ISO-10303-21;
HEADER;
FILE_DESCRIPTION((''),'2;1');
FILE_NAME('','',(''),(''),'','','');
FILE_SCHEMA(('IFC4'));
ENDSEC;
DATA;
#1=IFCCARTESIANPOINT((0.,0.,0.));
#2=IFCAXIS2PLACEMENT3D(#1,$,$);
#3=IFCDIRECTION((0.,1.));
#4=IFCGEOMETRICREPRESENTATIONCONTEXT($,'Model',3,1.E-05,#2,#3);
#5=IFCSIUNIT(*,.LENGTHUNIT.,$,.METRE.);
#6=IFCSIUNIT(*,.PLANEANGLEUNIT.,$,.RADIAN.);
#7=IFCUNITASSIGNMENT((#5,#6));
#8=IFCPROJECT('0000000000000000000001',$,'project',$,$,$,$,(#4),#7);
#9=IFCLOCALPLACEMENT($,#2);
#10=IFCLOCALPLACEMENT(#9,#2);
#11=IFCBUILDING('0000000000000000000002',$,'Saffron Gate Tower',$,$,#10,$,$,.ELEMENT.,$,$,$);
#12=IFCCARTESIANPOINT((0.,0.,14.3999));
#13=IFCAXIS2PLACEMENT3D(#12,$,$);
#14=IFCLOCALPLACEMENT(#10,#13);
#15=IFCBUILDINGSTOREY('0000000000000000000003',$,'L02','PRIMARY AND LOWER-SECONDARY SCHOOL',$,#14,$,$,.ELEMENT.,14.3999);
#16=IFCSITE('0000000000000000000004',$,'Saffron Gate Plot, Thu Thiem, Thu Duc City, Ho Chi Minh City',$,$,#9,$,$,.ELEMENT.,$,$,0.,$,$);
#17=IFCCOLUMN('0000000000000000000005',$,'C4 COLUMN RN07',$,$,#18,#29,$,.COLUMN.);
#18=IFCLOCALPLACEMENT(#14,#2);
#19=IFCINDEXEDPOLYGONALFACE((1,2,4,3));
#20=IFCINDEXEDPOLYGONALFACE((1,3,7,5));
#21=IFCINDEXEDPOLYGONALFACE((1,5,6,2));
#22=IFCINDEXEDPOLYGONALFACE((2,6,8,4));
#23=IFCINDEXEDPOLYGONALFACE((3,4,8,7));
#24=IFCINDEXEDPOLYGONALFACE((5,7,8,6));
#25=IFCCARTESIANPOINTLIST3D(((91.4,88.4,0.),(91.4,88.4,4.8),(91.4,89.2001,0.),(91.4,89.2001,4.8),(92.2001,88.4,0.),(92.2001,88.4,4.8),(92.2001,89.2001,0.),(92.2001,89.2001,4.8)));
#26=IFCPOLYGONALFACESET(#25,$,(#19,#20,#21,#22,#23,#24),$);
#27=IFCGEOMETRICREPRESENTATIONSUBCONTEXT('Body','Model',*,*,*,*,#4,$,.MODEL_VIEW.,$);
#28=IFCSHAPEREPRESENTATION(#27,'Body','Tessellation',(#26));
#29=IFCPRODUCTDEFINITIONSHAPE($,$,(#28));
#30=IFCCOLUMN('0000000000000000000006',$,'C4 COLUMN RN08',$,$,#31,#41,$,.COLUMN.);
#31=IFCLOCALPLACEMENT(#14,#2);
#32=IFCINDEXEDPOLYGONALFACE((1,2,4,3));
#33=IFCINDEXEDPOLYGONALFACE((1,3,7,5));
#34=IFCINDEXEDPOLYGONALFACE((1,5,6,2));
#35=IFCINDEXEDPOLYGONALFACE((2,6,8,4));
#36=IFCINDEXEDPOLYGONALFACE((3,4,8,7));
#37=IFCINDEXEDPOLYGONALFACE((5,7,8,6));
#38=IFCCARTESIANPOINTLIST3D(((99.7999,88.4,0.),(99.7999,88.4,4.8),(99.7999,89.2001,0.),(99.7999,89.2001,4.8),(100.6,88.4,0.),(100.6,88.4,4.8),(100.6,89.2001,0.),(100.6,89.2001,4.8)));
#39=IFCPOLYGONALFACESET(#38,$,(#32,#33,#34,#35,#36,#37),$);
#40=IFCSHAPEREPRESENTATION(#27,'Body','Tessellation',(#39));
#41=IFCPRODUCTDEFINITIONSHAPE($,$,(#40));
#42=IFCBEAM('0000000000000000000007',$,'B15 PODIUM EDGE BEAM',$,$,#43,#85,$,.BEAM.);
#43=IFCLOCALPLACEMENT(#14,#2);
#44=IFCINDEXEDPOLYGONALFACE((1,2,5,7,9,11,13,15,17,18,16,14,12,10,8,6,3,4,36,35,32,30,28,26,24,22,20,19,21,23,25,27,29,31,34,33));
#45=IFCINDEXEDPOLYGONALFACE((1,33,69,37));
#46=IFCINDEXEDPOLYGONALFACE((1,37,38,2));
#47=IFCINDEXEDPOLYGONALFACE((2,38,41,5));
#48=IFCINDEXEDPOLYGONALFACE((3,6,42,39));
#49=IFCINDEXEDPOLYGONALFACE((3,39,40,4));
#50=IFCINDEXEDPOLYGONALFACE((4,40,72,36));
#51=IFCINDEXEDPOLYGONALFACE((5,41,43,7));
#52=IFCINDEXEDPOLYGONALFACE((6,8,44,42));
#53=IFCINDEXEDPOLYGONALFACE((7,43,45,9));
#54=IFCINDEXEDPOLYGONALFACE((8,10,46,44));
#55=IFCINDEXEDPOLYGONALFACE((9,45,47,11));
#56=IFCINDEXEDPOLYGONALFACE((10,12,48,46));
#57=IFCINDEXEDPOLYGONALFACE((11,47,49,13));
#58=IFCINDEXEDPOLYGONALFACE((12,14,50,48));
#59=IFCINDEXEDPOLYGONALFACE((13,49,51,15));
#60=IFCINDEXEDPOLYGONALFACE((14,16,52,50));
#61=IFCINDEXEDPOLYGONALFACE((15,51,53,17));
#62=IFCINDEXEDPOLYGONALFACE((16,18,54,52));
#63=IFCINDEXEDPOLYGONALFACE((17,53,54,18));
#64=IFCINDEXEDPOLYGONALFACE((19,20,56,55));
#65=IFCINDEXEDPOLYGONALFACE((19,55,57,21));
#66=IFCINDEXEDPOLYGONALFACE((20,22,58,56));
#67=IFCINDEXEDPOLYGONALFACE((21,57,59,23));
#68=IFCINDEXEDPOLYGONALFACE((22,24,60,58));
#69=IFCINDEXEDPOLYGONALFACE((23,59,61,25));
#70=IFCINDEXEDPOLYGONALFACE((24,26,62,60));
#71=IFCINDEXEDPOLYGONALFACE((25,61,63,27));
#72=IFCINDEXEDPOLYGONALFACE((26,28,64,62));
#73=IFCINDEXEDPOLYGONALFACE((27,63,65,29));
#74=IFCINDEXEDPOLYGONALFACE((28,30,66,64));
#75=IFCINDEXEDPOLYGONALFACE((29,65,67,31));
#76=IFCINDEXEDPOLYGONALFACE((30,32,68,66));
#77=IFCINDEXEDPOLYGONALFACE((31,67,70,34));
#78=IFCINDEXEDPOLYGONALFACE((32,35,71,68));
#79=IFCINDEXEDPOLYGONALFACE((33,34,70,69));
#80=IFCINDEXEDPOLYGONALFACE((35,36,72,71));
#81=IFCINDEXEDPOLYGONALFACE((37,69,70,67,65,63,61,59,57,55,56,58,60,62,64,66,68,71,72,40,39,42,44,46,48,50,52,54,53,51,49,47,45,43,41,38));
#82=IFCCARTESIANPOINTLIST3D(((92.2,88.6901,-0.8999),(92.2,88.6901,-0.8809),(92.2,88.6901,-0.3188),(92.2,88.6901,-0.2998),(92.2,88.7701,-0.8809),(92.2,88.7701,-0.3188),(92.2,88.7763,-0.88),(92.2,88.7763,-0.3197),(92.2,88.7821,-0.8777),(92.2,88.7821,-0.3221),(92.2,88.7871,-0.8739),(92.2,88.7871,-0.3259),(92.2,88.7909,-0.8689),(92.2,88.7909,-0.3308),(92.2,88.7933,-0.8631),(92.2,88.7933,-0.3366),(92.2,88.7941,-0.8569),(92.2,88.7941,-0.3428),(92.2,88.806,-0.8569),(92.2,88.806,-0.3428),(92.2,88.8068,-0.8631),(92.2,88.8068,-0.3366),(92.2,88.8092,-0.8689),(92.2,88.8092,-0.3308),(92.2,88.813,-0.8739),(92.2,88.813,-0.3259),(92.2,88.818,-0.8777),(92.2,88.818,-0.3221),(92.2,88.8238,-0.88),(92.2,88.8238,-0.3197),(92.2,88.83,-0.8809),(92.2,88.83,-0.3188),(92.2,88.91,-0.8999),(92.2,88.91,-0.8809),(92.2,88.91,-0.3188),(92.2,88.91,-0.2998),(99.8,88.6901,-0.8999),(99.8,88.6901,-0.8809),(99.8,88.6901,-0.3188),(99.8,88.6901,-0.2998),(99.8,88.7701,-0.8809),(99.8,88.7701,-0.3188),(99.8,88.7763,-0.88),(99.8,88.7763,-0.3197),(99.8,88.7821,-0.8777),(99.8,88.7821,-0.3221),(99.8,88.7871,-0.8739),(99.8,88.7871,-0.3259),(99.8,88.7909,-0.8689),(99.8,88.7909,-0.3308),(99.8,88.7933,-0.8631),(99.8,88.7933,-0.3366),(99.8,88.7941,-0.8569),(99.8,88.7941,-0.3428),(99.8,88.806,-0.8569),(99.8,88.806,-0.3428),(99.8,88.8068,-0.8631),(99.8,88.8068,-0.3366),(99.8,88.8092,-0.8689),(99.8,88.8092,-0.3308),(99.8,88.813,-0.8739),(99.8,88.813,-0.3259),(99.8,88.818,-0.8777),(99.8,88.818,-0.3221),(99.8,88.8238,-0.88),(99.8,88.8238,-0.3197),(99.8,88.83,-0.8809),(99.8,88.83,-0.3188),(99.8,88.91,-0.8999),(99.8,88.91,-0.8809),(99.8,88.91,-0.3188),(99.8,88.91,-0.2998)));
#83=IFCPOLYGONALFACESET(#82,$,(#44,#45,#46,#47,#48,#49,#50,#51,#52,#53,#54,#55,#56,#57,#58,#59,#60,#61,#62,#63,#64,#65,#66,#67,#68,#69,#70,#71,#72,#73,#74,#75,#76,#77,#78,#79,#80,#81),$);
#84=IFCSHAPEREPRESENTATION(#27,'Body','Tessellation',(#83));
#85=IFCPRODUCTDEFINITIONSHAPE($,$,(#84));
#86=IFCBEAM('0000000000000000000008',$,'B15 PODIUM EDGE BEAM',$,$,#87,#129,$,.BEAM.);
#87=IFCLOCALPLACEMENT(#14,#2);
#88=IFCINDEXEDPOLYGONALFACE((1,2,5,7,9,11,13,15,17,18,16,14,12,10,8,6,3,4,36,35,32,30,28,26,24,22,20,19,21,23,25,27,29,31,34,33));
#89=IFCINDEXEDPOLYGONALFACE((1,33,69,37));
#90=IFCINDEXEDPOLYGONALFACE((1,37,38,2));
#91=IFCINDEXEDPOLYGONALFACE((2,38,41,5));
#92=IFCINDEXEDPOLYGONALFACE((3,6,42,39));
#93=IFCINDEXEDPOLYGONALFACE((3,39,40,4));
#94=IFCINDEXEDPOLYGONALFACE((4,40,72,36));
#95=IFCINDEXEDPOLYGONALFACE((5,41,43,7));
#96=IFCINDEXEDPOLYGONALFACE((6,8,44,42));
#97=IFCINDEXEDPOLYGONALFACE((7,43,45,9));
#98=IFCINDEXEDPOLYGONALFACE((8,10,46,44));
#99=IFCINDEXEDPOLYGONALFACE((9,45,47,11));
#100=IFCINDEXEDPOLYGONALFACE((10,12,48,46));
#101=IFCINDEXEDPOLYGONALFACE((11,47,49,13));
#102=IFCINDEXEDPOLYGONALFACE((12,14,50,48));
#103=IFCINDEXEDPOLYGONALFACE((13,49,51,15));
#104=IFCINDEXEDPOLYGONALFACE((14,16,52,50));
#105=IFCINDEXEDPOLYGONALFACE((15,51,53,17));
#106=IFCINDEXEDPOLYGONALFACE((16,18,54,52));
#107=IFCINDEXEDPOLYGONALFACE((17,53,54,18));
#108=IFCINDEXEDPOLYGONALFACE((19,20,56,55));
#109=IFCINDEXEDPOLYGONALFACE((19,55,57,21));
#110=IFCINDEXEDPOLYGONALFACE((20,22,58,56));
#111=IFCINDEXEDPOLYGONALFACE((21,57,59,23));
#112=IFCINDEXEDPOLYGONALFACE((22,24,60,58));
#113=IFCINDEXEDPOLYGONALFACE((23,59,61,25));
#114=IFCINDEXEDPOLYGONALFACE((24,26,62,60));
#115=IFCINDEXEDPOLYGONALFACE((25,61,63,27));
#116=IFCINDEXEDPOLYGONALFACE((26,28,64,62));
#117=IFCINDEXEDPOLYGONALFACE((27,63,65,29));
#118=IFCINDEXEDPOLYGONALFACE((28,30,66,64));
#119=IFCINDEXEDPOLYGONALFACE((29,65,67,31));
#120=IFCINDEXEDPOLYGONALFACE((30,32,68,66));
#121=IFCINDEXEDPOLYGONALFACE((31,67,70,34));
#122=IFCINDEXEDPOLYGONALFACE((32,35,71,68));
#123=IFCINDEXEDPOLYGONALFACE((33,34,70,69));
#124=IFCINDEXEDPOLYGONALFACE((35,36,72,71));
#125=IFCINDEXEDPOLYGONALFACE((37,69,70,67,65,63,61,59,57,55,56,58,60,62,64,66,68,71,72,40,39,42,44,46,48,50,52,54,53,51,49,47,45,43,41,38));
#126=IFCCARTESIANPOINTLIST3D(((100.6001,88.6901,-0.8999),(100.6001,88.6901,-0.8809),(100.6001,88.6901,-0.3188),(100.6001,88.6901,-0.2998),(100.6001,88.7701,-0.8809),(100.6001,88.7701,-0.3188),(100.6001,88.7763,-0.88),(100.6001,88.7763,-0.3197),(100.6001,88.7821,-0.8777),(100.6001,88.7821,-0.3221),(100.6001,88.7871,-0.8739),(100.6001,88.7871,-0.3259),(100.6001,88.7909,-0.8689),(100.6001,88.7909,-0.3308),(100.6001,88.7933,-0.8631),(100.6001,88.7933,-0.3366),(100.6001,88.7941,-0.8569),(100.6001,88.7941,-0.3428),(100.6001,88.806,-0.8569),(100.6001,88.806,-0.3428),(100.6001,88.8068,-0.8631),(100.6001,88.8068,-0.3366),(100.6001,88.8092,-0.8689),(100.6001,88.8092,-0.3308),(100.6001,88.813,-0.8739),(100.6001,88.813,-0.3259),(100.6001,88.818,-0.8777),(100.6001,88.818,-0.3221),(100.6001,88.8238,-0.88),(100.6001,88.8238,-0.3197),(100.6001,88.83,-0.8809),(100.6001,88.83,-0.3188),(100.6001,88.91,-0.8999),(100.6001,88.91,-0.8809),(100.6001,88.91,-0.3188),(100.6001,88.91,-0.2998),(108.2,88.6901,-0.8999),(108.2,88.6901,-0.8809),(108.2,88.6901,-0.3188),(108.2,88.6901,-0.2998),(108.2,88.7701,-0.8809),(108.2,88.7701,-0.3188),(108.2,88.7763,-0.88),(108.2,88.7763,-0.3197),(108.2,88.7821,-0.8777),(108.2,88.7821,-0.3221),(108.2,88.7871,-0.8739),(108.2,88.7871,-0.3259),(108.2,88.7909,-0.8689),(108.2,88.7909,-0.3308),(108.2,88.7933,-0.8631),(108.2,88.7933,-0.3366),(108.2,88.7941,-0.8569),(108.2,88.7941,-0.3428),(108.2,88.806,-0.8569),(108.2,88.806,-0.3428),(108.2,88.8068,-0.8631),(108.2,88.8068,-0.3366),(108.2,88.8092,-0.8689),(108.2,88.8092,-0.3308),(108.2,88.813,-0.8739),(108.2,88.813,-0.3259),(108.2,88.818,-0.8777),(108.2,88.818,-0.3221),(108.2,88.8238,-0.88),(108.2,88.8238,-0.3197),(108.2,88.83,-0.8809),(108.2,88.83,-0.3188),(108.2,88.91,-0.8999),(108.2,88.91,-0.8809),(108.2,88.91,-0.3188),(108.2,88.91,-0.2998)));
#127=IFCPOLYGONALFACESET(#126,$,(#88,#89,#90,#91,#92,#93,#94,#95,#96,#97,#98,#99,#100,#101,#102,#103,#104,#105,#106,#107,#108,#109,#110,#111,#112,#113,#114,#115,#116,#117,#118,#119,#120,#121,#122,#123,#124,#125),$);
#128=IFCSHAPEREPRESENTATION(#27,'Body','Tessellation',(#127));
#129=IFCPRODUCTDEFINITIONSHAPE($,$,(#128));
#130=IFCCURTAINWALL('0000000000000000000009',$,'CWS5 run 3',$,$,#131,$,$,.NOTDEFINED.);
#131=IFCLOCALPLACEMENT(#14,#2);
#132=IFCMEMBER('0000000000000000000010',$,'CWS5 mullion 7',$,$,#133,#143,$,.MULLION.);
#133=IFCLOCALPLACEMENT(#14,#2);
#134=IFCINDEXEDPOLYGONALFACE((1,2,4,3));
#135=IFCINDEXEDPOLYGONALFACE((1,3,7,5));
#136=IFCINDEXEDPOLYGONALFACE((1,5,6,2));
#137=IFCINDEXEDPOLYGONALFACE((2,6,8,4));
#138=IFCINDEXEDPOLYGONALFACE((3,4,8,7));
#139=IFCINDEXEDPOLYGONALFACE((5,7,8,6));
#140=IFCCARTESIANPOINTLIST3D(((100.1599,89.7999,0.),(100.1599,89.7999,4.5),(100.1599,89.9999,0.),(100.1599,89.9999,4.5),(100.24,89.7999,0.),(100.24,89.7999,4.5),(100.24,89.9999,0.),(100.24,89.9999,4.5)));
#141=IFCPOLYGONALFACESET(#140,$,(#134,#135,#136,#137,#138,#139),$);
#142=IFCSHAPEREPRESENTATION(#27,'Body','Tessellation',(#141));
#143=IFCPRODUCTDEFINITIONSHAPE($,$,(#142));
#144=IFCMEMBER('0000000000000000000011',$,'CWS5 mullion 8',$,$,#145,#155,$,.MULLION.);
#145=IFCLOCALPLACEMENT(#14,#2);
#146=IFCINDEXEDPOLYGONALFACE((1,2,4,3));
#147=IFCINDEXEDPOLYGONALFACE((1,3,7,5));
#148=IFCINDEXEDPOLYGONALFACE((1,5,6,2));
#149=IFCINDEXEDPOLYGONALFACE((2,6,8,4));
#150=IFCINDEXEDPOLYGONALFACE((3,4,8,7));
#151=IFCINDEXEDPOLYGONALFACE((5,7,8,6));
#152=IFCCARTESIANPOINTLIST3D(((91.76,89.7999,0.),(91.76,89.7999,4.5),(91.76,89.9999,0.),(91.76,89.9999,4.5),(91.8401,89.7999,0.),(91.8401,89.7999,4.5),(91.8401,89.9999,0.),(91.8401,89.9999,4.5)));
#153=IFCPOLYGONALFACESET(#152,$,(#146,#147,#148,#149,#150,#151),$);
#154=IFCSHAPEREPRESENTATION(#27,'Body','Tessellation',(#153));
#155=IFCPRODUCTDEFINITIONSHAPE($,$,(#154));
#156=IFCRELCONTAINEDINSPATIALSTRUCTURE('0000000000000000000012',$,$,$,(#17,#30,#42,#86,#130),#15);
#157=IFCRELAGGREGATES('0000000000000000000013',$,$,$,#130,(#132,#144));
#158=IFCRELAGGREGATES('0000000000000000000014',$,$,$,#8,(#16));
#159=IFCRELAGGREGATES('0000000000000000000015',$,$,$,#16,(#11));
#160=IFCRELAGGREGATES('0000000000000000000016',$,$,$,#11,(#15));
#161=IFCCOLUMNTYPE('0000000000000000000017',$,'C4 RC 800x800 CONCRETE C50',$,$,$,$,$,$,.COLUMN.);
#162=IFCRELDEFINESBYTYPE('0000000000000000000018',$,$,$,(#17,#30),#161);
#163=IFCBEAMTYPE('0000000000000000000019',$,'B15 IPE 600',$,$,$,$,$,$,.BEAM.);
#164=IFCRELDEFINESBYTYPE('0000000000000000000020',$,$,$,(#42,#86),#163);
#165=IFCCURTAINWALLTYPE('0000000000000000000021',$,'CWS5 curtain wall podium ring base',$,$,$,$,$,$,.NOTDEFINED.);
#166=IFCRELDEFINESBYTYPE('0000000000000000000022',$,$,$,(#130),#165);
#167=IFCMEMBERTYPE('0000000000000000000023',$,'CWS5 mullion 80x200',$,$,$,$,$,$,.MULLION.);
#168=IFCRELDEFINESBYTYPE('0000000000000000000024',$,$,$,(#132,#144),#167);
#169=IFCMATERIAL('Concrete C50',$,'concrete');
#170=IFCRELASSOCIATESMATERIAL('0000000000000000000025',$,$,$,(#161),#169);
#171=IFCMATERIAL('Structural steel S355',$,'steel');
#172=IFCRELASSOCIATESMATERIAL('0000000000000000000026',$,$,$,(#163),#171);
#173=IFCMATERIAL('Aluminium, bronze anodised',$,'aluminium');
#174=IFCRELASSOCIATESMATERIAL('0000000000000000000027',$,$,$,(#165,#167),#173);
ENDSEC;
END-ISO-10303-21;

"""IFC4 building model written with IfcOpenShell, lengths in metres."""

from ifc_helpers import new_model, si_unit, direction, frame, origin, origin_2d, place, context, subcontext, project, spatial, rectangle, i_section, extrude, material, material_profile, profile_set, type_object, element, aggregate, save


model = new_model("IFC4")

# Units and contexts
model_context = context("Model", 3, precision=1e-05, world=origin(), true_north=direction((0.0, 1.0)))
body_context = subcontext(model_context, "Body", "Model", "MODEL_VIEW")
ifc_project = project(units=[si_unit("LENGTHUNIT", "METRE"), si_unit("PLANEANGLEUNIT", "RADIAN")], contexts=[model_context])

# Site, building, storey
site_placement = place(None, origin())
site = spatial("IfcSite", under=ifc_project, at=site_placement, Name="Saffron Gate Plot, Thu Thiem, Thu Duc City, Ho Chi Minh City", CompositionType="ELEMENT", RefElevation=0.0)
building_placement = place(site_placement, origin())
building = spatial("IfcBuilding", under=site, at=building_placement, Name="Saffron Gate Tower", CompositionType="ELEMENT")
storey_placement = place(building_placement, frame((0.0, 0.0, 14.3999)))
storey = spatial("IfcBuildingStorey", under=building, at=storey_placement, Name="L02", Description="PRIMARY AND LOWER-SECONDARY SCHOOL", CompositionType="ELEMENT", Elevation=14.3999)

# Columns
ifc_material_1 = material(Name="Concrete C50", Category="concrete")
ifc_material_profile_1 = material_profile(ifc_material_1, rectangle(XDim=0.8, YDim=0.8, at=origin_2d()))
ifc_profile_set_1 = profile_set([ifc_material_profile_1], Name="Concrete C50")
column_type = type_object("IfcColumnType", Name="C4 RC 800x800 CONCRETE C50", PredefinedType="COLUMN", material=ifc_profile_set_1)
for number, where, z_axis, x_axis, name in (
    (1, (91.8, 88.8, 0.0), (0.0, 0.0, 1.0), (1.0, 0.0, 0.0), "C4 COLUMN RN07"),
    (2, (100.2, 88.8, 0.0), (0.0, 0.0, 1.0), (1.0, 0.0, 0.0), "C4 COLUMN RN08"),
):
    element("IfcColumn", number, at=place(storey_placement, frame(where, z_axis=z_axis, x_axis=x_axis)), inside=storey, type_object=column_type, Name=name, PredefinedType="COLUMN", context=body_context, shape_type="SweptSolid", body=[
        extrude(rectangle(XDim=0.8, YDim=0.8, at=origin_2d()), origin(), (0.0, 0.0, 1.0), 4.8),
    ])

# Beams
ifc_material_2 = material(Name="Structural steel S355", Category="steel")
ifc_material_profile_2 = material_profile(ifc_material_2, i_section(OverallWidth=0.22, OverallDepth=0.6001, WebThickness=0.012, FlangeThickness=0.019, FilletRadius=0.0239, at=origin_2d()))
ifc_profile_set_2 = profile_set([ifc_material_profile_2], Name="Structural steel S355")
beam_type = type_object("IfcBeamType", Name="B15 IPE 600", PredefinedType="BEAM", material=ifc_profile_set_2)
beam_1_placement = place(storey_placement, frame((92.2, 88.8, -0.5999), z_axis=(1.0, 0.0, 0.0), x_axis=(0.0, 1.0, 0.0)))
element("IfcBeam", 3, at=beam_1_placement, inside=storey, type_object=beam_type, Name="B15 PODIUM EDGE BEAM", PredefinedType="BEAM", context=body_context, shape_type="SweptSolid", body=[
    extrude(i_section(OverallWidth=0.22, OverallDepth=0.6001, WebThickness=0.012, FlangeThickness=0.019, FilletRadius=0.0239, at=origin_2d()), origin(), (0.0, 0.0, 1.0), 7.6001),
])
beam_2_placement = place(storey_placement, frame((100.6001, 88.8, -0.5999), z_axis=(1.0, 0.0, 0.0), x_axis=(0.0, 1.0, 0.0)))
element("IfcBeam", 4, at=beam_2_placement, inside=storey, type_object=beam_type, Name="B15 PODIUM EDGE BEAM", PredefinedType="BEAM", context=body_context, shape_type="SweptSolid", body=[
    extrude(i_section(OverallWidth=0.22, OverallDepth=0.6001, WebThickness=0.012, FlangeThickness=0.019, FilletRadius=0.0239, at=origin_2d()), origin(), (0.0, 0.0, 1.0), 7.5999),
])

# Curtain wall, members
ifc_material_3 = material(Name="Aluminium, bronze anodised", Category="aluminium")
curtain_wall_type = type_object("IfcCurtainWallType", Name="CWS5 curtain wall podium ring base", PredefinedType="NOTDEFINED", material=ifc_material_3)
curtain_wall_placement = place(storey_placement, origin())
curtain_wall = element("IfcCurtainWall", 5, at=curtain_wall_placement, inside=storey, type_object=curtain_wall_type, Name="CWS5 run 3", PredefinedType="NOTDEFINED")
ifc_material_profile_3 = material_profile(ifc_material_3, rectangle(XDim=0.2, YDim=0.0801, at=origin_2d()))
ifc_profile_set_3 = profile_set([ifc_material_profile_3], Name="Aluminium, bronze anodised")
member_type = type_object("IfcMemberType", Name="CWS5 mullion 80x200", PredefinedType="MULLION", material=ifc_profile_set_3)
member_1_placement = place(storey_placement, frame((100.2, 89.8999, 0.0), z_axis=(0.0, 0.0, 1.0), x_axis=(0.0, -1.0, 0.0)))
member_1 = element("IfcMember", 6, at=member_1_placement, type_object=member_type, Name="CWS5 mullion 7", PredefinedType="MULLION", context=body_context, shape_type="SweptSolid", body=[
    extrude(rectangle(XDim=0.2, YDim=0.0801, at=origin_2d()), origin(), (0.0, 0.0, 1.0), 4.5),
])
member_2_placement = place(storey_placement, frame((91.8, 89.8999, 0.0), z_axis=(0.0, 0.0, 1.0), x_axis=(0.0, -1.0, 0.0)))
member_2 = element("IfcMember", 7, at=member_2_placement, type_object=member_type, Name="CWS5 mullion 8", PredefinedType="MULLION", context=body_context, shape_type="SweptSolid", body=[
    extrude(rectangle(XDim=0.2, YDim=0.0801, at=origin_2d()), origin(), (0.0, 0.0, 1.0), 4.5),
])
aggregate(curtain_wall, [member_1, member_2])

save(model, "model.ifc")
